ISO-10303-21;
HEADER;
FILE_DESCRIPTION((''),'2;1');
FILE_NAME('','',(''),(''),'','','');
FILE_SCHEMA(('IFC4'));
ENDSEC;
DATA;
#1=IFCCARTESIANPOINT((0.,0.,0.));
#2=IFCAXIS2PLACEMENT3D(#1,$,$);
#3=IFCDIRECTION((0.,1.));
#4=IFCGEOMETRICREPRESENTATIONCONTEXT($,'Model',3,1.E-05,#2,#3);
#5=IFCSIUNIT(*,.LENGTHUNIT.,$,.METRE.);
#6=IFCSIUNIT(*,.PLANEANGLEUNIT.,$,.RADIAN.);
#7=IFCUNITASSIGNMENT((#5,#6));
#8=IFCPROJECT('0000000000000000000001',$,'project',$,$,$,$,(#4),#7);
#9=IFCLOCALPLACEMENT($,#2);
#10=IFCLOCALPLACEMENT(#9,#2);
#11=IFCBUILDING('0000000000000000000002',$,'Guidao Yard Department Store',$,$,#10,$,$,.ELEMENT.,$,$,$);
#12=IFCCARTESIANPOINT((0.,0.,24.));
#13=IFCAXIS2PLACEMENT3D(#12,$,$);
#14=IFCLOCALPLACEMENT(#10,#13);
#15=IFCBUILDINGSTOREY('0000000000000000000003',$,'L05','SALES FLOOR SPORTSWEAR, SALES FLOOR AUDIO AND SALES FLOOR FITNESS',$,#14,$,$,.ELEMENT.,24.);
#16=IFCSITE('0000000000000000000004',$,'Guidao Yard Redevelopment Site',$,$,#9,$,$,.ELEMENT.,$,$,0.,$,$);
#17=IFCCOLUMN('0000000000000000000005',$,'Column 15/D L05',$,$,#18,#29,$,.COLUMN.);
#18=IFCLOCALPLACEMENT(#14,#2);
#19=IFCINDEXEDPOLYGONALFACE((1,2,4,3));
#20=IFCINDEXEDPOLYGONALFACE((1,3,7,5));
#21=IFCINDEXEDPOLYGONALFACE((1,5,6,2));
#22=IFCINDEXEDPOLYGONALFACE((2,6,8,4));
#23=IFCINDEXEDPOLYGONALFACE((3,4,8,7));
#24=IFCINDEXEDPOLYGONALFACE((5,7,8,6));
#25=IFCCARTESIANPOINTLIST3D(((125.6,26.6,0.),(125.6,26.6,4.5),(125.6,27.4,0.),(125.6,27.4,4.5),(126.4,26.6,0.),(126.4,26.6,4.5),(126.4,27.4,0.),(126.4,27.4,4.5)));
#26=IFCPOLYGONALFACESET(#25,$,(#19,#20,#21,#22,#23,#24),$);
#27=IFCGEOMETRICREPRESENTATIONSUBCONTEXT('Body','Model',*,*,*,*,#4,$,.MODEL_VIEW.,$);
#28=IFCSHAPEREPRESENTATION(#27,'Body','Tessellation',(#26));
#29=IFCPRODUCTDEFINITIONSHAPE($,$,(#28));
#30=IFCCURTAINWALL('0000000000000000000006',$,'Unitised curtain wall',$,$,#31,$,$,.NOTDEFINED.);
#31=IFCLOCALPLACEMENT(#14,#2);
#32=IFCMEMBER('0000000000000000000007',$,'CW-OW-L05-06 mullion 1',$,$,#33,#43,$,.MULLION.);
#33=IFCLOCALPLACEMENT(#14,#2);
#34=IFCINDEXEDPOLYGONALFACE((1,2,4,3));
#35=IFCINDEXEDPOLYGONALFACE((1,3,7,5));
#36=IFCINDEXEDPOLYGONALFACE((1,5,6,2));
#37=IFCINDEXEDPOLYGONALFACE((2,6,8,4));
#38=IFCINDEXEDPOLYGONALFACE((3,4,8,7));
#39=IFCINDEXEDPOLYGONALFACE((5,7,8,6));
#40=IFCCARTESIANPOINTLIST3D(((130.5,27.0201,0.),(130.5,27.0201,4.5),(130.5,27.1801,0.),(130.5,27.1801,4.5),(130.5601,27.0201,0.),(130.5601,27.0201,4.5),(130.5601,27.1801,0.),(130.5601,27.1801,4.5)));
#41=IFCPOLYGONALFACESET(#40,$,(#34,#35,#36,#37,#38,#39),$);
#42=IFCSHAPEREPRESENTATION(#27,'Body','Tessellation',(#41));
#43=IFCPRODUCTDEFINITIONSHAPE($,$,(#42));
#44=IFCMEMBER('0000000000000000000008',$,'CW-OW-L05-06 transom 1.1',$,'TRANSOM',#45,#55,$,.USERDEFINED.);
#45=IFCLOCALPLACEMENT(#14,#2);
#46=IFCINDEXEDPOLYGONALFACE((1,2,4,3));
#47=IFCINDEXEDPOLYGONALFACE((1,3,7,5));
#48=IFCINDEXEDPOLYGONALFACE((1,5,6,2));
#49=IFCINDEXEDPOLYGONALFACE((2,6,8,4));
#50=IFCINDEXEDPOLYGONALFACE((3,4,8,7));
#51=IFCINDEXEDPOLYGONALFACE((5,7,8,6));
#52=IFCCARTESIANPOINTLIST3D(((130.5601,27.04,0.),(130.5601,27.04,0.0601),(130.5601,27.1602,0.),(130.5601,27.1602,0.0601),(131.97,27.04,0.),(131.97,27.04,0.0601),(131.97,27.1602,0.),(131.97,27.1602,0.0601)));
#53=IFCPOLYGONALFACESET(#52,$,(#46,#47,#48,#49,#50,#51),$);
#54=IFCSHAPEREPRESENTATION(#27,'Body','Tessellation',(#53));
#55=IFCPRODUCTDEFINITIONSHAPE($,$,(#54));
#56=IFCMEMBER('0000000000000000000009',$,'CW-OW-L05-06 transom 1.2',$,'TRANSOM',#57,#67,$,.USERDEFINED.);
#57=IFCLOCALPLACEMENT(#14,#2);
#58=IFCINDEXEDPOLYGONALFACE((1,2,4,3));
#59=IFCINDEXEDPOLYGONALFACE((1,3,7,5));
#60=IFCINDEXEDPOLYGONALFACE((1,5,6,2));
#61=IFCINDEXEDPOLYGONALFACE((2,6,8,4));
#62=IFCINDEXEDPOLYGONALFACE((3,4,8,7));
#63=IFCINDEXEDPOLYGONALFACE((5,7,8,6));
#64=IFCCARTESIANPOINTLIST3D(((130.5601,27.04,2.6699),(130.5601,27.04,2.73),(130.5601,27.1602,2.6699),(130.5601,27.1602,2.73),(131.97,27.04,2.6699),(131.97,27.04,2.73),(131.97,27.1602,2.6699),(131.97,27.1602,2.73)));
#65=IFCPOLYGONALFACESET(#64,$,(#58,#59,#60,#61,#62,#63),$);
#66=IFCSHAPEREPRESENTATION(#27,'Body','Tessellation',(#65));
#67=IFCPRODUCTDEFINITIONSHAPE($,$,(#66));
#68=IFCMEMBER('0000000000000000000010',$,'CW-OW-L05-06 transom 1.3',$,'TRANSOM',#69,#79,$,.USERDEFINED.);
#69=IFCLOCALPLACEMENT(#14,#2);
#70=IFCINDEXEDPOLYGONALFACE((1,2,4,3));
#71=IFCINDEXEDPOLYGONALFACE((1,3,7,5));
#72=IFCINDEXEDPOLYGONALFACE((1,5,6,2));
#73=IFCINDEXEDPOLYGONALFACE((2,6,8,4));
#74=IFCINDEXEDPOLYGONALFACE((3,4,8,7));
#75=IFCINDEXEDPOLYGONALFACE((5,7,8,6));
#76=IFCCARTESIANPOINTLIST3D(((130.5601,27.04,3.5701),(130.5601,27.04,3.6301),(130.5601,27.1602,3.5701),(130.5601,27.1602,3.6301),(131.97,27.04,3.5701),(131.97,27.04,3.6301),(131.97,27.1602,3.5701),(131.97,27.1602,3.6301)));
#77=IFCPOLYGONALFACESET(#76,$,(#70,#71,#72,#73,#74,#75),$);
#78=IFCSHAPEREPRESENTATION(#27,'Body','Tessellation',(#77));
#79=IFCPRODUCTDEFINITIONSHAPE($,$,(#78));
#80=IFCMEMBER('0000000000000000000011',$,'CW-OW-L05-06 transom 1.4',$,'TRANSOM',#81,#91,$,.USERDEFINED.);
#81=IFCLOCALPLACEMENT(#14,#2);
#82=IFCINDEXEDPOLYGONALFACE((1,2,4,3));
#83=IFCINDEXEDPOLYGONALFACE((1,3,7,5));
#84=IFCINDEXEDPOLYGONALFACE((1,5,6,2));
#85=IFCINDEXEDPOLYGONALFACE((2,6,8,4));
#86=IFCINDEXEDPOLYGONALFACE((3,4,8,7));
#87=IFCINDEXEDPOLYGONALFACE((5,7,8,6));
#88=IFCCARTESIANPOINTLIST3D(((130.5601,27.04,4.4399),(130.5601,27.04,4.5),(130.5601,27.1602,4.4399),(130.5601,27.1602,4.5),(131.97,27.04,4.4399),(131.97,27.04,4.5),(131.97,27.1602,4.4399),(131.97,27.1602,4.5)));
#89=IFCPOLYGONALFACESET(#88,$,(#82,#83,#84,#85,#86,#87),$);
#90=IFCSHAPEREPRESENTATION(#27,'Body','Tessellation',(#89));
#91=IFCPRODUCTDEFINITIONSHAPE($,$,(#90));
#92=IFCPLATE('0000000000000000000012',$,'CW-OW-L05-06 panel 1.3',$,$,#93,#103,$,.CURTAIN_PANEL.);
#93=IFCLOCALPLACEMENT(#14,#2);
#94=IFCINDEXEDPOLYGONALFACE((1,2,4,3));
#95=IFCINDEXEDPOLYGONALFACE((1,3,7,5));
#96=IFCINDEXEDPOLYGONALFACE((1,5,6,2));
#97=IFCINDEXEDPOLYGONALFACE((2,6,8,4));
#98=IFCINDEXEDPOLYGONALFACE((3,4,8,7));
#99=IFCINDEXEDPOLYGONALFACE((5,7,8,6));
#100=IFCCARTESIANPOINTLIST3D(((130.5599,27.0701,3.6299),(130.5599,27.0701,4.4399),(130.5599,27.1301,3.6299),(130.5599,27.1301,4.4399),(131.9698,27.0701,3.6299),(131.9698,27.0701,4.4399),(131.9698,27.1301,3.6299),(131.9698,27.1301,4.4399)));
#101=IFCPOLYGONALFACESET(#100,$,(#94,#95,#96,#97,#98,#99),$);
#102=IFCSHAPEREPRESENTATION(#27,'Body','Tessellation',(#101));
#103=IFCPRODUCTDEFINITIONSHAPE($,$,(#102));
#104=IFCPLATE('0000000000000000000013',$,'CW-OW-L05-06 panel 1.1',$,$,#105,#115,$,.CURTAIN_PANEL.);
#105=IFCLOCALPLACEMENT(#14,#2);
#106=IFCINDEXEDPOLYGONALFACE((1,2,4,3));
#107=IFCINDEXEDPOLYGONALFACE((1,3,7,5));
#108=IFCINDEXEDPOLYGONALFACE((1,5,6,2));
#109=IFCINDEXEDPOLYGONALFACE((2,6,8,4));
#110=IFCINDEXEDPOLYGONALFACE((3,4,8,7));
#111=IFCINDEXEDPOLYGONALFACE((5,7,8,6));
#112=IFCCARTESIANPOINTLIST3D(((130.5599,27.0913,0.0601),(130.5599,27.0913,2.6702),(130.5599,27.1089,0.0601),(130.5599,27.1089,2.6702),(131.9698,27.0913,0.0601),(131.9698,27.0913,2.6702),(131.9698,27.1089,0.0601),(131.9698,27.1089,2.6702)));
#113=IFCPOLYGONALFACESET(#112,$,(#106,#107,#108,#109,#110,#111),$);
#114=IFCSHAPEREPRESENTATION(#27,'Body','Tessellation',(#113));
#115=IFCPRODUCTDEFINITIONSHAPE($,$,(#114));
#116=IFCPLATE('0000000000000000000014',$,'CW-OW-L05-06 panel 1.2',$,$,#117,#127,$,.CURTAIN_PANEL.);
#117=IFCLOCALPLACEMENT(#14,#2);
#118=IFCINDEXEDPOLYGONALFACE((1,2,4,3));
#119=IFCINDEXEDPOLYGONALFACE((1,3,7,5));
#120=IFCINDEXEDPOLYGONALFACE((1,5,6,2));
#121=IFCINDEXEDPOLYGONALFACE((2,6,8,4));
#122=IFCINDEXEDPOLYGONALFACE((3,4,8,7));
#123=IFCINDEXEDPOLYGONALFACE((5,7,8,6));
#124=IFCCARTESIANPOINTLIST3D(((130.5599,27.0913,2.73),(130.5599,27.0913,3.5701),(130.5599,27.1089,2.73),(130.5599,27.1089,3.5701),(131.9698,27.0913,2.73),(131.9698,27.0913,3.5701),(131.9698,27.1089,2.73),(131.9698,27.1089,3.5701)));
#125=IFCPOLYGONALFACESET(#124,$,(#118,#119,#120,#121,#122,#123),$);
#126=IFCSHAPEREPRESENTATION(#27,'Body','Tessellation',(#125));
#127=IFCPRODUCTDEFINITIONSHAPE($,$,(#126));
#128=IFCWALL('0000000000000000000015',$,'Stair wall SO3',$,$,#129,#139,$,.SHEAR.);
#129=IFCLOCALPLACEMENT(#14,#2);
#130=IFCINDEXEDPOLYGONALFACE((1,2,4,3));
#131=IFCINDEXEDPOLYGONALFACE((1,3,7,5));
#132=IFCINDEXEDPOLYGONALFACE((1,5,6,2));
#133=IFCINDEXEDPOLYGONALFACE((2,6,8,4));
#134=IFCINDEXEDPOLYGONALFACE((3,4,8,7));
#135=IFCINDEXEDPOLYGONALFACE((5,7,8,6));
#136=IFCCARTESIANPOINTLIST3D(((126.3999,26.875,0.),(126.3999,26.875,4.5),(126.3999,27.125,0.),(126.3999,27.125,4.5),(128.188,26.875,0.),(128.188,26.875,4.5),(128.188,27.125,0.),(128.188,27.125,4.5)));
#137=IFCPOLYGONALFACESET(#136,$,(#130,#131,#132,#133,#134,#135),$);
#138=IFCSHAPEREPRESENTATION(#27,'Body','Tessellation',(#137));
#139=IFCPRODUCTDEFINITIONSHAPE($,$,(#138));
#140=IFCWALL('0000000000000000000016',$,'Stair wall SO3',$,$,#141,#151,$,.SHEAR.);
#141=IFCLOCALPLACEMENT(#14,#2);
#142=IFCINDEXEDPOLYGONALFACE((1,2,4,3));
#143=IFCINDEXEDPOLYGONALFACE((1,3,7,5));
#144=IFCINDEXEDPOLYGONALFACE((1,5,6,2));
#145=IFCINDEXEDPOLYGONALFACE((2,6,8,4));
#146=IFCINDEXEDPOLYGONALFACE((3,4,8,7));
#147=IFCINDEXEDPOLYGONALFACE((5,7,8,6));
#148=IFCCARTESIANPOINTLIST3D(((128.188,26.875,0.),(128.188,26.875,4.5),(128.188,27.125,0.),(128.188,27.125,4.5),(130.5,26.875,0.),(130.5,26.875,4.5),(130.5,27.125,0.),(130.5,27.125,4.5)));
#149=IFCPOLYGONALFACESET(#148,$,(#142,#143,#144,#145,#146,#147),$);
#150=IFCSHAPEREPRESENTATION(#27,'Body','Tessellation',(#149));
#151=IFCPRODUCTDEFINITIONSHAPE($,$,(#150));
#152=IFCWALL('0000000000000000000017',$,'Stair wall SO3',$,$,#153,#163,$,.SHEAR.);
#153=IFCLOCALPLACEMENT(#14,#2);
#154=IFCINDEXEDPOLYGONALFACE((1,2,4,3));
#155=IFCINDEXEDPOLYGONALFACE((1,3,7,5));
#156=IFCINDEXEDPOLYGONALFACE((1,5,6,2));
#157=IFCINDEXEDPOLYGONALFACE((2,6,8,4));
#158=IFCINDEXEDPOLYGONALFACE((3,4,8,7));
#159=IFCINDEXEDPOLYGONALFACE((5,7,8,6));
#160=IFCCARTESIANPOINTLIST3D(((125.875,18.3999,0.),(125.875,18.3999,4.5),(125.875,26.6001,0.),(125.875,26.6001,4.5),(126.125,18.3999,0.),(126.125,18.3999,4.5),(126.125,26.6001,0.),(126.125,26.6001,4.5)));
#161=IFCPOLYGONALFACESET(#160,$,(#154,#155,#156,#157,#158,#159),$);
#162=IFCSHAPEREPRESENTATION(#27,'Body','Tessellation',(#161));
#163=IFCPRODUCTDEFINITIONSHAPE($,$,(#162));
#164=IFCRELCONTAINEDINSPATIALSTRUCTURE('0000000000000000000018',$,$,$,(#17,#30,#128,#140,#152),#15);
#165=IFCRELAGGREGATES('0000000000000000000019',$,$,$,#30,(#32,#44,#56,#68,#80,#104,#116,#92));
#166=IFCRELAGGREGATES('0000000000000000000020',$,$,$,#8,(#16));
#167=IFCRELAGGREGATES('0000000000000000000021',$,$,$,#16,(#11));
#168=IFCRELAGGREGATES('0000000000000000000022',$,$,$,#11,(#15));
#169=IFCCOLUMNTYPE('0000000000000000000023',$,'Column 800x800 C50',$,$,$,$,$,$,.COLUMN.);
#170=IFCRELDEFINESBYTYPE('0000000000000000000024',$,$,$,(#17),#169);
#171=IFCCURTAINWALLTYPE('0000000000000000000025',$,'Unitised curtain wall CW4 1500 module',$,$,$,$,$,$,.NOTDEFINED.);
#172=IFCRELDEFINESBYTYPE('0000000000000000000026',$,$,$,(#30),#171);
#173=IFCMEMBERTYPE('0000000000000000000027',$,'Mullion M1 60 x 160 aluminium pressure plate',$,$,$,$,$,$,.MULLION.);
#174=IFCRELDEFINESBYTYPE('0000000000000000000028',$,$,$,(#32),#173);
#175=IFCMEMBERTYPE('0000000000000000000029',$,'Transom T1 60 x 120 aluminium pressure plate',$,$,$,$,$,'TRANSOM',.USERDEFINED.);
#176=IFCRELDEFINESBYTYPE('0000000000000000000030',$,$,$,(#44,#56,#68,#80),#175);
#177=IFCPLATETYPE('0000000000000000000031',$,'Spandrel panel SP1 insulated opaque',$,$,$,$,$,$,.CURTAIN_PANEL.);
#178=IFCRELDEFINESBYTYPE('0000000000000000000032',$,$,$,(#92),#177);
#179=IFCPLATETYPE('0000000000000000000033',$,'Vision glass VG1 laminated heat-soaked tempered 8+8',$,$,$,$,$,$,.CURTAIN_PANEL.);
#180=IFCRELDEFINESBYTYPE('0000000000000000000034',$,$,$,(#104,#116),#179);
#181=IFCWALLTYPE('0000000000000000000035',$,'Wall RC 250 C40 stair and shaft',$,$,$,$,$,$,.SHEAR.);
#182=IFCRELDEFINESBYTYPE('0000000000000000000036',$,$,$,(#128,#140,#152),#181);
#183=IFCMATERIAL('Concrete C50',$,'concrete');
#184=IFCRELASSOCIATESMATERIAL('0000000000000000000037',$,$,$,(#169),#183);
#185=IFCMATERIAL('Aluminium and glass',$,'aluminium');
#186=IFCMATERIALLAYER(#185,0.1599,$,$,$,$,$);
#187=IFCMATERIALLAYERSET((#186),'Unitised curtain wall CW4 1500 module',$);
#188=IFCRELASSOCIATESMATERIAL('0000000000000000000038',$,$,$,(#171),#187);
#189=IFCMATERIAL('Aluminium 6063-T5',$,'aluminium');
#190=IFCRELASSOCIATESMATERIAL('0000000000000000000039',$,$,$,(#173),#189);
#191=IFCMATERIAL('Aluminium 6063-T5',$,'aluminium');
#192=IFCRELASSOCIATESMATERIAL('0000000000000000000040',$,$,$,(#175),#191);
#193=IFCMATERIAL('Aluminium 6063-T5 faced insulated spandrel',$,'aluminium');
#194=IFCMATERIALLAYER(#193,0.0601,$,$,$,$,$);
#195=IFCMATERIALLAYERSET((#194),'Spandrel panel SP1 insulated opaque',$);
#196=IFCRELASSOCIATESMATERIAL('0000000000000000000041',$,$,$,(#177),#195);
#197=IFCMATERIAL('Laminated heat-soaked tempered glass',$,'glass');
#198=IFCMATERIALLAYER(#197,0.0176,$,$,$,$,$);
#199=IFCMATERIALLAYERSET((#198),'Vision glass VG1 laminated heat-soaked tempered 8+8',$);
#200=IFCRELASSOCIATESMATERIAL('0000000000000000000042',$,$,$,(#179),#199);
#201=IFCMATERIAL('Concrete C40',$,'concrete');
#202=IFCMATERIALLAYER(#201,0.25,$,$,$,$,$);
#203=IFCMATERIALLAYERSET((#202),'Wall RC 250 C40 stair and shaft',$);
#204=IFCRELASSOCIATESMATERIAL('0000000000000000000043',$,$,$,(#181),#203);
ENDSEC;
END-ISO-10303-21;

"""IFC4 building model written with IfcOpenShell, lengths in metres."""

from ifc_helpers import new_model, si_unit, direction, frame, frame_2d, origin, origin_2d, place, context, subcontext, project, spatial, rectangle, extrude, material, layer, layer_set, material_profile, profile_set, type_object, element, aggregate, save


model = new_model("IFC4")

# Units and contexts
model_context = context("Model", 3, precision=1e-05, world=origin(), true_north=direction((0.0, 1.0)))
body_context = subcontext(model_context, "Body", "Model", "MODEL_VIEW")
ifc_project = project(units=[si_unit("LENGTHUNIT", "METRE"), si_unit("PLANEANGLEUNIT", "RADIAN")], contexts=[model_context])

# Site, building, storey
site_placement = place(None, origin())
site = spatial("IfcSite", under=ifc_project, at=site_placement, Name="Guidao Yard Redevelopment Site", CompositionType="ELEMENT", RefElevation=0.0)
building_placement = place(site_placement, origin())
building = spatial("IfcBuilding", under=site, at=building_placement, Name="Guidao Yard Department Store", CompositionType="ELEMENT")
storey_placement = place(building_placement, frame((0.0, 0.0, 24.0)))
storey = spatial("IfcBuildingStorey", under=building, at=storey_placement, Name="L05", Description="SALES FLOOR SPORTSWEAR, SALES FLOOR AUDIO AND SALES FLOOR FITNESS", CompositionType="ELEMENT", Elevation=24.0)

# Column
ifc_material_1 = material(Name="Concrete C50", Category="concrete")
ifc_material_profile_1 = material_profile(ifc_material_1, rectangle(XDim=0.8, YDim=0.8, at=origin_2d()), Name="COL 800x800")
ifc_profile_set_1 = profile_set([ifc_material_profile_1], Name="Concrete C50")
column_type = type_object("IfcColumnType", Name="Column 800x800 C50", PredefinedType="COLUMN", material=ifc_profile_set_1)
column_placement = place(storey_placement, frame((126.0, 27.0, 0.0), z_axis=(0.0, 0.0, 1.0), x_axis=(1.0, 0.0, 0.0)))
element("IfcColumn", 1, at=column_placement, inside=storey, type_object=column_type, Name="Column 15/D L05", PredefinedType="COLUMN", context=body_context, shape_type="SweptSolid", body=[
    extrude(rectangle(XDim=0.8, YDim=0.8, at=origin_2d()), origin(), (0.0, 0.0, 1.0), 4.5),
])

# Curtain wall, members, plates
ifc_material_2 = material(Name="Aluminium and glass", Category="aluminium")
ifc_layer_1 = layer(ifc_material_2, 0.1599)
ifc_layer_set_1 = layer_set([ifc_layer_1], Name="Unitised curtain wall CW4 1500 module")
curtain_wall_type = type_object("IfcCurtainWallType", Name="Unitised curtain wall CW4 1500 module", PredefinedType="NOTDEFINED", material=ifc_layer_set_1)
curtain_wall_placement = place(storey_placement, origin())
curtain_wall = element("IfcCurtainWall", 2, at=curtain_wall_placement, inside=storey, type_object=curtain_wall_type, Name="Unitised curtain wall", PredefinedType="NOTDEFINED")
ifc_material_3 = material(Name="Aluminium 6063-T5", Category="aluminium")
ifc_material_profile_2 = material_profile(ifc_material_3, rectangle(XDim=0.0601, YDim=0.1599, at=origin_2d()), Name="Mullion M1 60 x 160 aluminium pressure plate")
ifc_profile_set_2 = profile_set([ifc_material_profile_2], Name="Aluminium 6063-T5")
member_type_1 = type_object("IfcMemberType", Name="Mullion M1 60 x 160 aluminium pressure plate", PredefinedType="MULLION", material=ifc_profile_set_2)
member_1_placement = place(storey_placement, frame((130.53, 27.1001, 0.0), z_axis=(0.0, 0.0, 1.0), x_axis=(1.0, 0.0, 0.0)))
member_1 = element("IfcMember", 3, at=member_1_placement, type_object=member_type_1, Name="CW-OW-L05-06 mullion 1", PredefinedType="MULLION", context=body_context, shape_type="SweptSolid", body=[
    extrude(rectangle(XDim=0.0601, YDim=0.1599, at=origin_2d()), origin(), (0.0, 0.0, 1.0), 4.5),
])
ifc_material_4 = material(Name="Aluminium 6063-T5", Category="aluminium")
ifc_material_profile_3 = material_profile(ifc_material_4, rectangle(XDim=0.1201, YDim=0.0601, at=origin_2d()), Name="Transom T1 60 x 120 aluminium pressure plate")
ifc_profile_set_3 = profile_set([ifc_material_profile_3], Name="Aluminium 6063-T5")
member_type_2 = type_object("IfcMemberType", Name="Transom T1 60 x 120 aluminium pressure plate", ElementType="TRANSOM", PredefinedType="USERDEFINED", material=ifc_profile_set_3)
member_2_placement = place(storey_placement, frame((130.5601, 27.1001, 0.03), z_axis=(1.0, 0.0, 0.0), x_axis=(0.0, 1.0, 0.0)))
member_2 = element("IfcMember", 4, at=member_2_placement, type_object=member_type_2, Name="CW-OW-L05-06 transom 1.1", ObjectType="TRANSOM", PredefinedType="USERDEFINED", context=body_context, shape_type="SweptSolid", body=[
    extrude(rectangle(XDim=0.1201, YDim=0.0601, at=origin_2d()), origin(), (0.0, 0.0, 1.0), 1.4099),
])
member_3_placement = place(storey_placement, frame((130.5601, 27.1001, 2.7), z_axis=(1.0, 0.0, 0.0), x_axis=(0.0, 1.0, 0.0)))
member_3 = element("IfcMember", 5, at=member_3_placement, type_object=member_type_2, Name="CW-OW-L05-06 transom 1.2", ObjectType="TRANSOM", PredefinedType="USERDEFINED", context=body_context, shape_type="SweptSolid", body=[
    extrude(rectangle(XDim=0.1201, YDim=0.0601, at=origin_2d()), origin(), (0.0, 0.0, 1.0), 1.4099),
])
member_4_placement = place(storey_placement, frame((130.5601, 27.1001, 3.6001), z_axis=(1.0, 0.0, 0.0), x_axis=(0.0, 1.0, 0.0)))
member_4 = element("IfcMember", 6, at=member_4_placement, type_object=member_type_2, Name="CW-OW-L05-06 transom 1.3", ObjectType="TRANSOM", PredefinedType="USERDEFINED", context=body_context, shape_type="SweptSolid", body=[
    extrude(rectangle(XDim=0.1201, YDim=0.0601, at=origin_2d()), origin(), (0.0, 0.0, 1.0), 1.4099),
])
member_5_placement = place(storey_placement, frame((130.5601, 27.1001, 4.47), z_axis=(1.0, 0.0, 0.0), x_axis=(0.0, 1.0, 0.0)))
member_5 = element("IfcMember", 7, at=member_5_placement, type_object=member_type_2, Name="CW-OW-L05-06 transom 1.4", ObjectType="TRANSOM", PredefinedType="USERDEFINED", context=body_context, shape_type="SweptSolid", body=[
    extrude(rectangle(XDim=0.1201, YDim=0.0601, at=origin_2d()), origin(), (0.0, 0.0, 1.0), 1.4099),
])
ifc_material_5 = material(Name="Aluminium 6063-T5 faced insulated spandrel", Category="aluminium")
ifc_layer_2 = layer(ifc_material_5, 0.0601)
ifc_layer_set_2 = layer_set([ifc_layer_2], Name="Spandrel panel SP1 insulated opaque")
plate_type_1 = type_object("IfcPlateType", Name="Spandrel panel SP1 insulated opaque", PredefinedType="CURTAIN_PANEL", material=ifc_layer_set_2)
plate_1_placement = place(storey_placement, frame((131.2649, 27.1001, 3.6299), z_axis=(0.0, 0.0, 1.0), x_axis=(1.0, 0.0, 0.0)))
plate_1 = element("IfcPlate", 8, at=plate_1_placement, type_object=plate_type_1, Name="CW-OW-L05-06 panel 1.3", PredefinedType="CURTAIN_PANEL", context=body_context, shape_type="SweptSolid", body=[
    extrude(rectangle(XDim=1.4099, YDim=0.0601, at=origin_2d()), origin(), (0.0, 0.0, 1.0), 0.8101),
])
ifc_material_6 = material(Name="Laminated heat-soaked tempered glass", Category="glass")
ifc_layer_3 = layer(ifc_material_6, 0.0176)
ifc_layer_set_3 = layer_set([ifc_layer_3], Name="Vision glass VG1 laminated heat-soaked tempered 8+8")
plate_type_2 = type_object("IfcPlateType", Name="Vision glass VG1 laminated heat-soaked tempered 8+8", PredefinedType="CURTAIN_PANEL", material=ifc_layer_set_3)
plate_2_placement = place(storey_placement, frame((131.2649, 27.1001, 0.0601), z_axis=(0.0, 0.0, 1.0), x_axis=(1.0, 0.0, 0.0)))
plate_2 = element("IfcPlate", 9, at=plate_2_placement, type_object=plate_type_2, Name="CW-OW-L05-06 panel 1.1", PredefinedType="CURTAIN_PANEL", context=body_context, shape_type="SweptSolid", body=[
    extrude(rectangle(XDim=1.4099, YDim=0.0176, at=origin_2d()), origin(), (0.0, 0.0, 1.0), 2.6101),
])
plate_3_placement = place(storey_placement, frame((131.2649, 27.1001, 2.73), z_axis=(0.0, 0.0, 1.0), x_axis=(1.0, 0.0, 0.0)))
plate_3 = element("IfcPlate", 10, at=plate_3_placement, type_object=plate_type_2, Name="CW-OW-L05-06 panel 1.2", PredefinedType="CURTAIN_PANEL", context=body_context, shape_type="SweptSolid", body=[
    extrude(rectangle(XDim=1.4099, YDim=0.0176, at=origin_2d()), origin(), (0.0, 0.0, 1.0), 0.8401),
])
aggregate(curtain_wall, [member_1, member_2, member_3, member_4, member_5, plate_2, plate_3, plate_1])

# Walls
ifc_material_7 = material(Name="Concrete C40", Category="concrete")
ifc_layer_4 = layer(ifc_material_7, 0.25)
ifc_layer_set_4 = layer_set([ifc_layer_4], Name="Wall RC 250 C40 stair and shaft")
wall_type = type_object("IfcWallType", Name="Wall RC 250 C40 stair and shaft", PredefinedType="SHEAR", material=ifc_layer_set_4)
wall_1_placement = place(storey_placement, frame((126.3999, 27.0, 0.0), z_axis=(0.0, 0.0, 1.0), x_axis=(1.0, 0.0, 0.0)))
element("IfcWall", 11, at=wall_1_placement, inside=storey, type_object=wall_type, Name="Stair wall SO3", PredefinedType="SHEAR", context=body_context, shape_type="SweptSolid", body=[
    extrude(rectangle(XDim=1.7881, YDim=0.25, at=frame_2d((0.894, 0.0))), origin(), (0.0, 0.0, 1.0), 4.5),
])
wall_2_placement = place(storey_placement, frame((128.188, 27.0, 0.0), z_axis=(0.0, 0.0, 1.0), x_axis=(1.0, 0.0, 0.0)))
element("IfcWall", 12, at=wall_2_placement, inside=storey, type_object=wall_type, Name="Stair wall SO3", PredefinedType="SHEAR", context=body_context, shape_type="SweptSolid", body=[
    extrude(rectangle(XDim=2.312, YDim=0.25, at=frame_2d((1.156, 0.0))), origin(), (0.0, 0.0, 1.0), 4.5),
])
wall_3_placement = place(storey_placement, frame((126.0, 18.3999, 0.0), z_axis=(0.0, 0.0, 1.0), x_axis=(0.0, 1.0, 0.0)))
element("IfcWall", 13, at=wall_3_placement, inside=storey, type_object=wall_type, Name="Stair wall SO3", PredefinedType="SHEAR", context=body_context, shape_type="SweptSolid", body=[
    extrude(rectangle(XDim=8.2002, YDim=0.25, at=frame_2d((4.1001, 0.0))), origin(), (0.0, 0.0, 1.0), 4.5),
])

save(model, "model.ifc")
